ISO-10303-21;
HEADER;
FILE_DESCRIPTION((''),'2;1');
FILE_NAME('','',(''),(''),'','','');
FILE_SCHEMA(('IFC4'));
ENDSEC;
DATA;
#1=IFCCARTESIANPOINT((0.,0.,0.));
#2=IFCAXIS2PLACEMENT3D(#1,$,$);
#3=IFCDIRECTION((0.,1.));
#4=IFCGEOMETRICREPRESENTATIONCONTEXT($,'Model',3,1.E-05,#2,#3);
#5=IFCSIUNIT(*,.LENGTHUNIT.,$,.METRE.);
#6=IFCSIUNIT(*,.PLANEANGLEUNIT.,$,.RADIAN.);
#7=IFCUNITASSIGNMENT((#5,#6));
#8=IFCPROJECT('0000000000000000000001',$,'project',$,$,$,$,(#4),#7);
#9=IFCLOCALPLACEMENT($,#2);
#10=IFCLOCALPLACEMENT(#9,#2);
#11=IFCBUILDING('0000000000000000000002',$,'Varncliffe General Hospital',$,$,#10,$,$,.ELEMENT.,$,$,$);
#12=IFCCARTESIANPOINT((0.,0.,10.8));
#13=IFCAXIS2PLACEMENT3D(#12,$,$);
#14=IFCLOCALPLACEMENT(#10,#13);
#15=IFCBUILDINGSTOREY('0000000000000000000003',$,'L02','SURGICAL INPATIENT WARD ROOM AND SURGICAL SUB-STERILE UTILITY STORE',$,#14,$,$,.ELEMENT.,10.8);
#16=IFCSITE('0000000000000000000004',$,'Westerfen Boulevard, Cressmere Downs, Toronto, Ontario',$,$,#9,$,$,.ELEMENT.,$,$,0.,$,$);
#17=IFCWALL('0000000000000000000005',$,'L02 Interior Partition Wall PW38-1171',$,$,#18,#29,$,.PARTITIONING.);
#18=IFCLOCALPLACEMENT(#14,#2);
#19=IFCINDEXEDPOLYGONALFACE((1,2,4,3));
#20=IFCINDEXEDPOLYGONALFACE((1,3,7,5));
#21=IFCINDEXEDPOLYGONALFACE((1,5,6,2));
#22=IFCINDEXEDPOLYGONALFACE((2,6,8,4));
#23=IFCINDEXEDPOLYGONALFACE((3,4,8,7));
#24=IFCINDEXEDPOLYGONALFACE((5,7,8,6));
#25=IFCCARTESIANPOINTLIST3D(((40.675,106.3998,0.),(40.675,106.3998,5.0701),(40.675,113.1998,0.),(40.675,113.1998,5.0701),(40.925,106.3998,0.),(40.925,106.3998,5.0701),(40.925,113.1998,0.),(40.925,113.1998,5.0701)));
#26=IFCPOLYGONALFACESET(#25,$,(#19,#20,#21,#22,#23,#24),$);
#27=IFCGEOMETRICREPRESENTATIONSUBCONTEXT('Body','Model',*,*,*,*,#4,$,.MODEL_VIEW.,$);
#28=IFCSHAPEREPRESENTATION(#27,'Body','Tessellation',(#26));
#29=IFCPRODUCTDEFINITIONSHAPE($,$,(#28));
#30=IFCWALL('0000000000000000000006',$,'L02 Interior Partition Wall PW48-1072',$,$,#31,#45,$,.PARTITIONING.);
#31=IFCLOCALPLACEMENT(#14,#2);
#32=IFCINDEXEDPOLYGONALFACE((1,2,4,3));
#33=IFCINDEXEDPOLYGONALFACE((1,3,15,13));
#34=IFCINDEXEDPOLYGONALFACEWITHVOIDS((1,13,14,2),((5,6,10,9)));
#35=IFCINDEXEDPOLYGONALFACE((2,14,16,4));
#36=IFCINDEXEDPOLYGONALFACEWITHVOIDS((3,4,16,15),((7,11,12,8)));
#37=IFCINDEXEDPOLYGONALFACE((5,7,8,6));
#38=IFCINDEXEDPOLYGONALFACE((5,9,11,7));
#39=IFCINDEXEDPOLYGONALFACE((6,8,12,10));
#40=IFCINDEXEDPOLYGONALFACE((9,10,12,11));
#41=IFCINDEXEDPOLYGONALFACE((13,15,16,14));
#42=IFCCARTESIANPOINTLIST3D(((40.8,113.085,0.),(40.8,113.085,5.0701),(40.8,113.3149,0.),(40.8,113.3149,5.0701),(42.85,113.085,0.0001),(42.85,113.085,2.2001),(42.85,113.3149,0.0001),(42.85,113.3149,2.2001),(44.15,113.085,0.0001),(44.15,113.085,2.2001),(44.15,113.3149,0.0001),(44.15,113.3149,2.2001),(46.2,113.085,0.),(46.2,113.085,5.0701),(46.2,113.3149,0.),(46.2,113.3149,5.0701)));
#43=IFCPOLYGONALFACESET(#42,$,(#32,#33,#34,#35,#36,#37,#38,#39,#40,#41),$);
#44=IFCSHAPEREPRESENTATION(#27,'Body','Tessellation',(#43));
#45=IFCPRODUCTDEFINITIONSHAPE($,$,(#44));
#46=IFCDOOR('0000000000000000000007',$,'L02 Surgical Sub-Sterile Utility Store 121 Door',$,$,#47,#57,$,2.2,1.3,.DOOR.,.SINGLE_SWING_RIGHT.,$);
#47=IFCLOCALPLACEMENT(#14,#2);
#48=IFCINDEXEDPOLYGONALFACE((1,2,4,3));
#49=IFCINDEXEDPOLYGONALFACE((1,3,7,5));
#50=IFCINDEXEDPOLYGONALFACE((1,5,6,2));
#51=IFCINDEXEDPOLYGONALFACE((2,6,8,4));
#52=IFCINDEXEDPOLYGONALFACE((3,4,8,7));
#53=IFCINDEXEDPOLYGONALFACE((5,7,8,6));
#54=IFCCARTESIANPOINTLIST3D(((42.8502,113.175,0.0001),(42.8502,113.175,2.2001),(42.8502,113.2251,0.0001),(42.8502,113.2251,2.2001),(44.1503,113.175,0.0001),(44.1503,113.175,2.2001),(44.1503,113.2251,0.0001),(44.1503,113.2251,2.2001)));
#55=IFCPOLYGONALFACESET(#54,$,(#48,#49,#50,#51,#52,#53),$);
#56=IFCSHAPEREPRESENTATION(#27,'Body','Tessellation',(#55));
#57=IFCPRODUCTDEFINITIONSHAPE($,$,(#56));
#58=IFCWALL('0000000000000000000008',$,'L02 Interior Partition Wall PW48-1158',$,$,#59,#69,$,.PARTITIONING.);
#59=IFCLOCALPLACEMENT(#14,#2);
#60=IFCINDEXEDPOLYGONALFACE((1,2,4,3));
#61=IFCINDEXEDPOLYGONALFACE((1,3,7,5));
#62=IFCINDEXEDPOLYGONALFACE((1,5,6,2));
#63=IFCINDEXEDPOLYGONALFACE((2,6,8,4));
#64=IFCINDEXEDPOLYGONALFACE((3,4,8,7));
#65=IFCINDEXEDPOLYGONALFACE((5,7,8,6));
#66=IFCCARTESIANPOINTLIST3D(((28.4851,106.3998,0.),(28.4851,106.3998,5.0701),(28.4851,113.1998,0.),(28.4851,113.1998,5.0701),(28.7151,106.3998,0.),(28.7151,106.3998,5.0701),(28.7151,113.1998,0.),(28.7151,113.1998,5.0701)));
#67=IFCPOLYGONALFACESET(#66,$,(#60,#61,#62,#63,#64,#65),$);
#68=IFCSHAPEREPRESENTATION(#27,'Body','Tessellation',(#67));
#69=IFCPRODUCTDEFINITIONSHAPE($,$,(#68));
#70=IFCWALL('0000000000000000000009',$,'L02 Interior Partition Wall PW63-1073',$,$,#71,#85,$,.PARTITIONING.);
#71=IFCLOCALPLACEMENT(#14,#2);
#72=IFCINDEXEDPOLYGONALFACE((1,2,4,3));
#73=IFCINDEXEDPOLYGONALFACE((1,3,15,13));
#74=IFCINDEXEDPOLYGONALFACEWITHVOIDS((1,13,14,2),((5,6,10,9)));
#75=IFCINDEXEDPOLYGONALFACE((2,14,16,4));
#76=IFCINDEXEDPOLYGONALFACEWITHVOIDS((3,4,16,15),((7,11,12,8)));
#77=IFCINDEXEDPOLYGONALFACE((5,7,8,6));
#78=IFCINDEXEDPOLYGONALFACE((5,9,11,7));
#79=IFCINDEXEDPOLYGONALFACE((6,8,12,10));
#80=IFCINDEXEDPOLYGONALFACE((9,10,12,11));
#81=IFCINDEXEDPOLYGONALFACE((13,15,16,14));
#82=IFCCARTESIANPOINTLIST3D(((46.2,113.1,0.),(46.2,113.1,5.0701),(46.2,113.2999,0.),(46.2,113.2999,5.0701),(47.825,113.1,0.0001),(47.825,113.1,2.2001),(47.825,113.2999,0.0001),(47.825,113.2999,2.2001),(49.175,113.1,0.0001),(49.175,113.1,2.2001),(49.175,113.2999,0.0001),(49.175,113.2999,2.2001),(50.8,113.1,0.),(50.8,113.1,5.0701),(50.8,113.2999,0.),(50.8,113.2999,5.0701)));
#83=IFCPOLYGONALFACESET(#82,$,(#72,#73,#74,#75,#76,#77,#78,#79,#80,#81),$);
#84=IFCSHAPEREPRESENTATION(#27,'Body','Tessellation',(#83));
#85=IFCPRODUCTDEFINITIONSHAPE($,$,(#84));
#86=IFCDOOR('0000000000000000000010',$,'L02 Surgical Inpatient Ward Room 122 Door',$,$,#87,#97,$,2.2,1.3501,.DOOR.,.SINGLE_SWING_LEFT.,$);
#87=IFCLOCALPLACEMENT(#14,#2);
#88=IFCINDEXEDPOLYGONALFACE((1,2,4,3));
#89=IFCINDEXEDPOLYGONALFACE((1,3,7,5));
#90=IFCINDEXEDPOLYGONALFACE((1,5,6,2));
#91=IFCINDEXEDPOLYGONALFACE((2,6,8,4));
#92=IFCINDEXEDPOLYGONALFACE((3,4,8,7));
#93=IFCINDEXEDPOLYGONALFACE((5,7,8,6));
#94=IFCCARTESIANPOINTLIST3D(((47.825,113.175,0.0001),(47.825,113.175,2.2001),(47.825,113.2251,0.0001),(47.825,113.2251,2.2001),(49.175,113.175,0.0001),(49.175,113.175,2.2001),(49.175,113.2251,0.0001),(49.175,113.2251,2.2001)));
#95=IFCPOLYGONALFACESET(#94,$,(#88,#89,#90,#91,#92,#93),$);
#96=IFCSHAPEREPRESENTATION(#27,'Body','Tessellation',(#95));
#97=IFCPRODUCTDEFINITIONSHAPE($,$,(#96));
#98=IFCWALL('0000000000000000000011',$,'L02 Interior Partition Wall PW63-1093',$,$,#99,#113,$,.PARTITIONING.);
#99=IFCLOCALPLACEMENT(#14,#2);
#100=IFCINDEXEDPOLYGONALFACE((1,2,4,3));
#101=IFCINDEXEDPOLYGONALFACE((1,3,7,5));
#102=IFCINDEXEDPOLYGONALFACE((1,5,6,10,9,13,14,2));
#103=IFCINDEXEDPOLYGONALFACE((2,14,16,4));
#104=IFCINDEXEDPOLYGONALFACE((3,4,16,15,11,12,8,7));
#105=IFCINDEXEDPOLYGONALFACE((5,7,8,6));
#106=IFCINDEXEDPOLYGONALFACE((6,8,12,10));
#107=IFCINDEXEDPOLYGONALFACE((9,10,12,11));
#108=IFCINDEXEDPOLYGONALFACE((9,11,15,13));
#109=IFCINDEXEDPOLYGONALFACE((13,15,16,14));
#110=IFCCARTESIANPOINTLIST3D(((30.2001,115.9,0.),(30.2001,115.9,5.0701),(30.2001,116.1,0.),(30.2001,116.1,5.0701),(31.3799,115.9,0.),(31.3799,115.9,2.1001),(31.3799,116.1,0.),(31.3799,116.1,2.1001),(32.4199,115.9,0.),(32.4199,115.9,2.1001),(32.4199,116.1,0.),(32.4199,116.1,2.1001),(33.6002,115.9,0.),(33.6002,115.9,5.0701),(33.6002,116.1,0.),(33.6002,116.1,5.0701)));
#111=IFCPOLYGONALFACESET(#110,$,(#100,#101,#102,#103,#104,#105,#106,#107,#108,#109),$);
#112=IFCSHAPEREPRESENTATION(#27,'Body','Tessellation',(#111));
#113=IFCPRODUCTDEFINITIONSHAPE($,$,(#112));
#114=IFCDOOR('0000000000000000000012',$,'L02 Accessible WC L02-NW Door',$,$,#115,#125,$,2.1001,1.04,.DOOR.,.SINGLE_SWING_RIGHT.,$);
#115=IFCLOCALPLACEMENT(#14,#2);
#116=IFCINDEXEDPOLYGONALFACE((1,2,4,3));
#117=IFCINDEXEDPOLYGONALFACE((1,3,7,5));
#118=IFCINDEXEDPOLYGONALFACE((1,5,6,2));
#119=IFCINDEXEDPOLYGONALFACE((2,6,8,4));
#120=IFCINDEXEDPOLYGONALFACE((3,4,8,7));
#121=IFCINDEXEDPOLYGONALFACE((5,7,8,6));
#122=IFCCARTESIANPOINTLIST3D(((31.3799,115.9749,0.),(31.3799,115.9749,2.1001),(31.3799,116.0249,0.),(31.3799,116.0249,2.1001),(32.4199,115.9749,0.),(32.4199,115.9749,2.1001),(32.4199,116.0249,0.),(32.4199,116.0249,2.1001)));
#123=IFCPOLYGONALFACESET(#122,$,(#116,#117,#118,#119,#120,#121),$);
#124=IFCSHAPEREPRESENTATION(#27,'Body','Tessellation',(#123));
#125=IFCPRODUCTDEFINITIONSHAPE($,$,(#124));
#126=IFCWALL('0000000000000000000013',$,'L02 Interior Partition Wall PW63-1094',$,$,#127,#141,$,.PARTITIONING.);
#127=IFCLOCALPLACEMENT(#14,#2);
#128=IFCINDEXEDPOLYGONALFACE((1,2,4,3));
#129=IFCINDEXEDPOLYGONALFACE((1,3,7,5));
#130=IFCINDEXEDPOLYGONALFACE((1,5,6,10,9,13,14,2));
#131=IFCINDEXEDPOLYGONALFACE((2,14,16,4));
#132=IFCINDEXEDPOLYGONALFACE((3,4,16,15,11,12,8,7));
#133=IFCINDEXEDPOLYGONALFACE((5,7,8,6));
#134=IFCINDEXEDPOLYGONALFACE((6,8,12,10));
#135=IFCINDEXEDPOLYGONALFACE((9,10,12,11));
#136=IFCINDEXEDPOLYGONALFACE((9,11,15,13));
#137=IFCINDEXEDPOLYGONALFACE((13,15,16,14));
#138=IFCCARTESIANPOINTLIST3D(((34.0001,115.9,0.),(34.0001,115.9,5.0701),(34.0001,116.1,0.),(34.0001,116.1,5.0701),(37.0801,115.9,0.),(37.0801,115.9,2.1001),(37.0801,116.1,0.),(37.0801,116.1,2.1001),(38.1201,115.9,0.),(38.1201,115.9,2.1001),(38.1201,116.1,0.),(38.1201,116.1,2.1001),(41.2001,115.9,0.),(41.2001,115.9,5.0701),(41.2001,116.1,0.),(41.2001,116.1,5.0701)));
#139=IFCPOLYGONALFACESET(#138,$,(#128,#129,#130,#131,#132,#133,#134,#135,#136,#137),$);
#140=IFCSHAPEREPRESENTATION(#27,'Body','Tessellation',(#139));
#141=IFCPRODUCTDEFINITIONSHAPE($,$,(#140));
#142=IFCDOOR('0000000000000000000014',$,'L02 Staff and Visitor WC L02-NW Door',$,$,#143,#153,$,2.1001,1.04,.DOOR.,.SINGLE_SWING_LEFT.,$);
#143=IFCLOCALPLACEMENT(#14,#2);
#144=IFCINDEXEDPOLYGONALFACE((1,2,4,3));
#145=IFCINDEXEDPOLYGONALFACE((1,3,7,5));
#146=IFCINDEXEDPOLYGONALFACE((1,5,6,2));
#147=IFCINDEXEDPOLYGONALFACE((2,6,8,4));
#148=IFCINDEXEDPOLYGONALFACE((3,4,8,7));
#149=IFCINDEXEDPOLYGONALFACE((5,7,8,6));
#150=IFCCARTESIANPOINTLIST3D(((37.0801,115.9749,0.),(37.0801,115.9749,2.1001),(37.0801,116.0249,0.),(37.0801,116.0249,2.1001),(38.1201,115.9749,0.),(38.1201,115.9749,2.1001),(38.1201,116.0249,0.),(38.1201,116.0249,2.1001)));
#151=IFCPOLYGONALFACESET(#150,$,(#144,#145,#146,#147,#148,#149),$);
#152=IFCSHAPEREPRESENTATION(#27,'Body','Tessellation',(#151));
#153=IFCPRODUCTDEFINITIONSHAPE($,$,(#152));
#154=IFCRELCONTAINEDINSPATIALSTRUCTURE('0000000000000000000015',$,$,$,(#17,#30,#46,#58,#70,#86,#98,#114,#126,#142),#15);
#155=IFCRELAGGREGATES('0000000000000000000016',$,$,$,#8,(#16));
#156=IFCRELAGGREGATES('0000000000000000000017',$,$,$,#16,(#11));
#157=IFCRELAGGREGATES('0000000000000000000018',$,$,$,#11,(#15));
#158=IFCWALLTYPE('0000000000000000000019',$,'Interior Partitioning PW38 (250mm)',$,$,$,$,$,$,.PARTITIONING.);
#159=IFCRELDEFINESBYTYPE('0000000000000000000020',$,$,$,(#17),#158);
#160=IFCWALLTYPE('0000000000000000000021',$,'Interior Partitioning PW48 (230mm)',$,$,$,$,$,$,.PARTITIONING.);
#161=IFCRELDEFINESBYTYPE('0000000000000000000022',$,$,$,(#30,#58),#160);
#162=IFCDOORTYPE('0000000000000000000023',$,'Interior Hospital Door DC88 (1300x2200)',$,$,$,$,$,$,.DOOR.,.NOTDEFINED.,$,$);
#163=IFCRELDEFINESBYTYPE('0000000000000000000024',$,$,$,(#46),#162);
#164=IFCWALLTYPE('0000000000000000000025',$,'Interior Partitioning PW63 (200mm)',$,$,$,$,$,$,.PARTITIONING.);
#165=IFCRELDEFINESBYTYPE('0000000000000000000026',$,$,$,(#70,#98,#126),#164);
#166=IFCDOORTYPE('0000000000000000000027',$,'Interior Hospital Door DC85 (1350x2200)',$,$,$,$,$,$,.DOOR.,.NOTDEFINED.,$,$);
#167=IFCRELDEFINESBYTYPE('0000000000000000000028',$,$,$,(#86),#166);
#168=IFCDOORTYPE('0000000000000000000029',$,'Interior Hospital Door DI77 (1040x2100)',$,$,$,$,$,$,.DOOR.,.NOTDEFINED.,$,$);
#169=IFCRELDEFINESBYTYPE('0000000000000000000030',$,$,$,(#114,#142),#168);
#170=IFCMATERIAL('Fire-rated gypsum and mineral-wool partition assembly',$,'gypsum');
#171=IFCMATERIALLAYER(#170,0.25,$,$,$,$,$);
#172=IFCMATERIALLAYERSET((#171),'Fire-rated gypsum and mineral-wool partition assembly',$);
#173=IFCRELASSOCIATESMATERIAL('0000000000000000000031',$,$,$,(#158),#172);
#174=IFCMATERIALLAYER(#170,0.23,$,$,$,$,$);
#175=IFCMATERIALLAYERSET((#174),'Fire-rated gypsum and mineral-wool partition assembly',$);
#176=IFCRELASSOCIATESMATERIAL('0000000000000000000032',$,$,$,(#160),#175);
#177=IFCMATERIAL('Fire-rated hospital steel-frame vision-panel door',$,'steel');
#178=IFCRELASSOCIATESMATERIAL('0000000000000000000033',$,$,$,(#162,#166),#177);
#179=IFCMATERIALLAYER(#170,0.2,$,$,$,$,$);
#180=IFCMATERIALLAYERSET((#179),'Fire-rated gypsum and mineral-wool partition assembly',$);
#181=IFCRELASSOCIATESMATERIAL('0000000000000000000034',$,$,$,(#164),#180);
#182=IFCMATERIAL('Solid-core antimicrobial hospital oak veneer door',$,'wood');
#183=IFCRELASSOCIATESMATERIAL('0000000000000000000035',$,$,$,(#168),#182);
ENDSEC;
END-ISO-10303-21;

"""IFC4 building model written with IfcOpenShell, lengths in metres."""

from ifc_helpers import new_model, si_unit, direction, frame, frame_2d, origin, place, context, subcontext, project, spatial, rectangle, extrude, material, layer, layer_set, type_object, element, fill, save


model = new_model("IFC4")

# Units and contexts
model_context = context("Model", 3, precision=1e-05, world=origin(), true_north=direction((0.0, 1.0)))
body_context = subcontext(model_context, "Body", "Model", "MODEL_VIEW")
ifc_project = project(units=[si_unit("LENGTHUNIT", "METRE"), si_unit("PLANEANGLEUNIT", "RADIAN")], contexts=[model_context])

# Site, building, storey
site_placement = place(None, origin())
site = spatial("IfcSite", under=ifc_project, at=site_placement, Name="Westerfen Boulevard, Cressmere Downs, Toronto, Ontario", CompositionType="ELEMENT", RefElevation=0.0)
building_placement = place(site_placement, origin())
building = spatial("IfcBuilding", under=site, at=building_placement, Name="Varncliffe General Hospital", CompositionType="ELEMENT")
storey_placement = place(building_placement, frame((0.0, 0.0, 10.8)))
storey = spatial("IfcBuildingStorey", under=building, at=storey_placement, Name="L02", Description="SURGICAL INPATIENT WARD ROOM AND SURGICAL SUB-STERILE UTILITY STORE", CompositionType="ELEMENT", Elevation=10.8)

# Shared definitions
ifc_material_1 = material(Name="Fire-rated gypsum and mineral-wool partition assembly", Category="gypsum")
ifc_layer_1 = layer(ifc_material_1, 0.25)
ifc_layer_set_1 = layer_set([ifc_layer_1], Name="Fire-rated gypsum and mineral-wool partition assembly")
wall_type_1 = type_object("IfcWallType", Name="Interior Partitioning PW38 (250mm)", PredefinedType="PARTITIONING", material=ifc_layer_set_1)
ifc_material_2 = material(Name="Fire-rated hospital steel-frame vision-panel door", Category="steel")

# Wall
wall_1_placement = place(storey_placement, frame((40.8, 106.3999, 0.0), z_axis=(0.0, 0.0, 1.0), x_axis=(0.0, 1.0, 0.0)))
element("IfcWall", 1, at=wall_1_placement, inside=storey, type_object=wall_type_1, Name="L02 Interior Partition Wall PW38-1171", PredefinedType="PARTITIONING", context=body_context, shape_type="SweptSolid", body=[
    extrude(rectangle(XDim=6.8, YDim=0.25, at=frame_2d((3.3999, 0.0))), origin(), (0.0, 0.0, 1.0), 5.0701),
])

# Wall, opening, door
ifc_layer_2 = layer(ifc_material_1, 0.23)
ifc_layer_set_2 = layer_set([ifc_layer_2], Name="Fire-rated gypsum and mineral-wool partition assembly")
wall_type_2 = type_object("IfcWallType", Name="Interior Partitioning PW48 (230mm)", PredefinedType="PARTITIONING", material=ifc_layer_set_2)
wall_2_placement = place(storey_placement, frame((40.8, 113.2, 0.0), z_axis=(0.0, 0.0, 1.0), x_axis=(1.0, 0.0, 0.0)))
wall_2 = element("IfcWall", 2, at=wall_2_placement, inside=storey, type_object=wall_type_2, Name="L02 Interior Partition Wall PW48-1072", PredefinedType="PARTITIONING", context=body_context, shape_type="SweptSolid", body=[
    extrude(rectangle(XDim=5.3999, YDim=0.23, at=frame_2d((2.7, 0.0))), origin(), (0.0, 0.0, 1.0), 5.0701),
])
opening_1_placement = place(wall_2_placement, frame((2.05, 0.0, 0.0)))
opening_1 = element("IfcOpeningElement", 3, at=opening_1_placement, cuts=wall_2, PredefinedType="OPENING", context=body_context, shape_type="SweptSolid", body=[
    extrude(rectangle(XDim=1.3, YDim=2.2, at=frame_2d((0.6499, 1.1001))), frame((0.0, 0.125, 0.0), z_axis=(0.0, -1.0, 0.0), x_axis=(1.0, 0.0, 0.0)), (0.0, 0.0, 1.0), 0.25),
])
door_type_1 = type_object("IfcDoorType", Name="Interior Hospital Door DC88 (1300x2200)", OperationType="NOTDEFINED", PredefinedType="DOOR", material=ifc_material_2)
door_1_placement = place(opening_1_placement, frame((1.3, 0.0, 0.0), z_axis=(0.0, 0.0, 1.0), x_axis=(-1.0, 0.0, 0.0)))
door_1 = element("IfcDoor", 4, at=door_1_placement, inside=storey, type_object=door_type_1, Name="L02 Surgical Sub-Sterile Utility Store 121 Door", OperationType="SINGLE_SWING_RIGHT", OverallHeight=2.2, OverallWidth=1.3, PredefinedType="DOOR", context=body_context, shape_type="SweptSolid", body=[
    extrude(rectangle(XDim=1.3, YDim=2.2, at=frame_2d((0.6499, 1.1001))), frame((0.0, 0.0249, 0.0), z_axis=(0.0, -1.0, 0.0), x_axis=(1.0, 0.0, 0.0)), (0.0, 0.0, 1.0), 0.05),
])
fill(opening_1, door_1)

# Wall
wall_3_placement = place(storey_placement, frame((28.6001, 106.3999, 0.0), z_axis=(0.0, 0.0, 1.0), x_axis=(0.0, 1.0, 0.0)))
element("IfcWall", 5, at=wall_3_placement, inside=storey, type_object=wall_type_2, Name="L02 Interior Partition Wall PW48-1158", PredefinedType="PARTITIONING", context=body_context, shape_type="SweptSolid", body=[
    extrude(rectangle(XDim=6.8, YDim=0.23, at=frame_2d((3.3999, 0.0))), origin(), (0.0, 0.0, 1.0), 5.0701),
])

# Walls, openings, doors
ifc_layer_3 = layer(ifc_material_1, 0.2)
ifc_layer_set_3 = layer_set([ifc_layer_3], Name="Fire-rated gypsum and mineral-wool partition assembly")
wall_type_3 = type_object("IfcWallType", Name="Interior Partitioning PW63 (200mm)", PredefinedType="PARTITIONING", material=ifc_layer_set_3)
wall_4_placement = place(storey_placement, frame((46.2, 113.2, 0.0), z_axis=(0.0, 0.0, 1.0), x_axis=(1.0, 0.0, 0.0)))
wall_4 = element("IfcWall", 6, at=wall_4_placement, inside=storey, type_object=wall_type_3, Name="L02 Interior Partition Wall PW63-1073", PredefinedType="PARTITIONING", context=body_context, shape_type="SweptSolid", body=[
    extrude(rectangle(XDim=4.6001, YDim=0.2, at=frame_2d((2.3, 0.0))), origin(), (0.0, 0.0, 1.0), 5.0701),
])
opening_2_placement = place(wall_4_placement, frame((1.625, 0.0, 0.0)))
opening_2 = element("IfcOpeningElement", 7, at=opening_2_placement, cuts=wall_4, PredefinedType="OPENING", context=body_context, shape_type="SweptSolid", body=[
    extrude(rectangle(XDim=1.3501, YDim=2.2, at=frame_2d((0.675, 1.1001))), frame((0.0, 0.1099, 0.0), z_axis=(0.0, -1.0, 0.0), x_axis=(1.0, 0.0, 0.0)), (0.0, 0.0, 1.0), 0.22),
])
door_type_2 = type_object("IfcDoorType", Name="Interior Hospital Door DC85 (1350x2200)", OperationType="NOTDEFINED", PredefinedType="DOOR", material=ifc_material_2)
door_2_placement = place(opening_2_placement, frame((1.3501, 0.0, 0.0), z_axis=(0.0, 0.0, 1.0), x_axis=(-1.0, 0.0, 0.0)))
door_2 = element("IfcDoor", 8, at=door_2_placement, inside=storey, type_object=door_type_2, Name="L02 Surgical Inpatient Ward Room 122 Door", OperationType="SINGLE_SWING_LEFT", OverallHeight=2.2, OverallWidth=1.3501, PredefinedType="DOOR", context=body_context, shape_type="SweptSolid", body=[
    extrude(rectangle(XDim=1.3501, YDim=2.2, at=frame_2d((0.675, 1.1001))), frame((0.0, 0.0249, 0.0), z_axis=(0.0, -1.0, 0.0), x_axis=(1.0, 0.0, 0.0)), (0.0, 0.0, 1.0), 0.05),
])
fill(opening_2, door_2)
wall_5_placement = place(storey_placement, frame((30.2, 116.0, 0.0), z_axis=(0.0, 0.0, 1.0), x_axis=(1.0, 0.0, 0.0)))
wall_5 = element("IfcWall", 9, at=wall_5_placement, inside=storey, type_object=wall_type_3, Name="L02 Interior Partition Wall PW63-1093", PredefinedType="PARTITIONING", context=body_context, shape_type="SweptSolid", body=[
    extrude(rectangle(XDim=3.4001, YDim=0.2, at=frame_2d((1.7002, 0.0))), origin(), (0.0, 0.0, 1.0), 5.0701),
])
opening_3_placement = place(wall_5_placement, frame((1.1799, 0.0, 0.0)))
opening_3 = element("IfcOpeningElement", 10, at=opening_3_placement, cuts=wall_5, PredefinedType="OPENING", context=body_context, shape_type="SweptSolid", body=[
    extrude(rectangle(XDim=1.04, YDim=2.1001, at=frame_2d((0.52, 1.05))), frame((0.0, 0.1099, 0.0), z_axis=(0.0, -1.0, 0.0), x_axis=(1.0, 0.0, 0.0)), (0.0, 0.0, 1.0), 0.22),
])
ifc_material_3 = material(Name="Solid-core antimicrobial hospital oak veneer door", Category="wood")
door_type_3 = type_object("IfcDoorType", Name="Interior Hospital Door DI77 (1040x2100)", OperationType="NOTDEFINED", PredefinedType="DOOR", material=ifc_material_3)
door_3_placement = place(opening_3_placement, origin())
door_3 = element("IfcDoor", 11, at=door_3_placement, inside=storey, type_object=door_type_3, Name="L02 Accessible WC L02-NW Door", OperationType="SINGLE_SWING_RIGHT", OverallHeight=2.1001, OverallWidth=1.04, PredefinedType="DOOR", context=body_context, shape_type="SweptSolid", body=[
    extrude(rectangle(XDim=1.04, YDim=2.1001, at=frame_2d((0.52, 1.05))), frame((0.0, 0.0249, 0.0), z_axis=(0.0, -1.0, 0.0), x_axis=(1.0, 0.0, 0.0)), (0.0, 0.0, 1.0), 0.05),
])
fill(opening_3, door_3)
wall_6_placement = place(storey_placement, frame((34.0, 116.0, 0.0), z_axis=(0.0, 0.0, 1.0), x_axis=(1.0, 0.0, 0.0)))
wall_6 = element("IfcWall", 12, at=wall_6_placement, inside=storey, type_object=wall_type_3, Name="L02 Interior Partition Wall PW63-1094", PredefinedType="PARTITIONING", context=body_context, shape_type="SweptSolid", body=[
    extrude(rectangle(XDim=7.2, YDim=0.2, at=frame_2d((3.6001, 0.0))), origin(), (0.0, 0.0, 1.0), 5.0701),
])
opening_4_placement = place(wall_6_placement, frame((3.0801, 0.0, 0.0)))
opening_4 = element("IfcOpeningElement", 13, at=opening_4_placement, cuts=wall_6, PredefinedType="OPENING", context=body_context, shape_type="SweptSolid", body=[
    extrude(rectangle(XDim=1.04, YDim=2.1001, at=frame_2d((0.52, 1.05))), frame((0.0, 0.1099, 0.0), z_axis=(0.0, -1.0, 0.0), x_axis=(1.0, 0.0, 0.0)), (0.0, 0.0, 1.0), 0.22),
])
door_4_placement = place(opening_4_placement, origin())
door_4 = element("IfcDoor", 14, at=door_4_placement, inside=storey, type_object=door_type_3, Name="L02 Staff and Visitor WC L02-NW Door", OperationType="SINGLE_SWING_LEFT", OverallHeight=2.1001, OverallWidth=1.04, PredefinedType="DOOR", context=body_context, shape_type="SweptSolid", body=[
    extrude(rectangle(XDim=1.04, YDim=2.1001, at=frame_2d((0.52, 1.05))), frame((0.0, 0.0249, 0.0), z_axis=(0.0, -1.0, 0.0), x_axis=(1.0, 0.0, 0.0)), (0.0, 0.0, 1.0), 0.05),
])
fill(opening_4, door_4)

save(model, "model.ifc")
